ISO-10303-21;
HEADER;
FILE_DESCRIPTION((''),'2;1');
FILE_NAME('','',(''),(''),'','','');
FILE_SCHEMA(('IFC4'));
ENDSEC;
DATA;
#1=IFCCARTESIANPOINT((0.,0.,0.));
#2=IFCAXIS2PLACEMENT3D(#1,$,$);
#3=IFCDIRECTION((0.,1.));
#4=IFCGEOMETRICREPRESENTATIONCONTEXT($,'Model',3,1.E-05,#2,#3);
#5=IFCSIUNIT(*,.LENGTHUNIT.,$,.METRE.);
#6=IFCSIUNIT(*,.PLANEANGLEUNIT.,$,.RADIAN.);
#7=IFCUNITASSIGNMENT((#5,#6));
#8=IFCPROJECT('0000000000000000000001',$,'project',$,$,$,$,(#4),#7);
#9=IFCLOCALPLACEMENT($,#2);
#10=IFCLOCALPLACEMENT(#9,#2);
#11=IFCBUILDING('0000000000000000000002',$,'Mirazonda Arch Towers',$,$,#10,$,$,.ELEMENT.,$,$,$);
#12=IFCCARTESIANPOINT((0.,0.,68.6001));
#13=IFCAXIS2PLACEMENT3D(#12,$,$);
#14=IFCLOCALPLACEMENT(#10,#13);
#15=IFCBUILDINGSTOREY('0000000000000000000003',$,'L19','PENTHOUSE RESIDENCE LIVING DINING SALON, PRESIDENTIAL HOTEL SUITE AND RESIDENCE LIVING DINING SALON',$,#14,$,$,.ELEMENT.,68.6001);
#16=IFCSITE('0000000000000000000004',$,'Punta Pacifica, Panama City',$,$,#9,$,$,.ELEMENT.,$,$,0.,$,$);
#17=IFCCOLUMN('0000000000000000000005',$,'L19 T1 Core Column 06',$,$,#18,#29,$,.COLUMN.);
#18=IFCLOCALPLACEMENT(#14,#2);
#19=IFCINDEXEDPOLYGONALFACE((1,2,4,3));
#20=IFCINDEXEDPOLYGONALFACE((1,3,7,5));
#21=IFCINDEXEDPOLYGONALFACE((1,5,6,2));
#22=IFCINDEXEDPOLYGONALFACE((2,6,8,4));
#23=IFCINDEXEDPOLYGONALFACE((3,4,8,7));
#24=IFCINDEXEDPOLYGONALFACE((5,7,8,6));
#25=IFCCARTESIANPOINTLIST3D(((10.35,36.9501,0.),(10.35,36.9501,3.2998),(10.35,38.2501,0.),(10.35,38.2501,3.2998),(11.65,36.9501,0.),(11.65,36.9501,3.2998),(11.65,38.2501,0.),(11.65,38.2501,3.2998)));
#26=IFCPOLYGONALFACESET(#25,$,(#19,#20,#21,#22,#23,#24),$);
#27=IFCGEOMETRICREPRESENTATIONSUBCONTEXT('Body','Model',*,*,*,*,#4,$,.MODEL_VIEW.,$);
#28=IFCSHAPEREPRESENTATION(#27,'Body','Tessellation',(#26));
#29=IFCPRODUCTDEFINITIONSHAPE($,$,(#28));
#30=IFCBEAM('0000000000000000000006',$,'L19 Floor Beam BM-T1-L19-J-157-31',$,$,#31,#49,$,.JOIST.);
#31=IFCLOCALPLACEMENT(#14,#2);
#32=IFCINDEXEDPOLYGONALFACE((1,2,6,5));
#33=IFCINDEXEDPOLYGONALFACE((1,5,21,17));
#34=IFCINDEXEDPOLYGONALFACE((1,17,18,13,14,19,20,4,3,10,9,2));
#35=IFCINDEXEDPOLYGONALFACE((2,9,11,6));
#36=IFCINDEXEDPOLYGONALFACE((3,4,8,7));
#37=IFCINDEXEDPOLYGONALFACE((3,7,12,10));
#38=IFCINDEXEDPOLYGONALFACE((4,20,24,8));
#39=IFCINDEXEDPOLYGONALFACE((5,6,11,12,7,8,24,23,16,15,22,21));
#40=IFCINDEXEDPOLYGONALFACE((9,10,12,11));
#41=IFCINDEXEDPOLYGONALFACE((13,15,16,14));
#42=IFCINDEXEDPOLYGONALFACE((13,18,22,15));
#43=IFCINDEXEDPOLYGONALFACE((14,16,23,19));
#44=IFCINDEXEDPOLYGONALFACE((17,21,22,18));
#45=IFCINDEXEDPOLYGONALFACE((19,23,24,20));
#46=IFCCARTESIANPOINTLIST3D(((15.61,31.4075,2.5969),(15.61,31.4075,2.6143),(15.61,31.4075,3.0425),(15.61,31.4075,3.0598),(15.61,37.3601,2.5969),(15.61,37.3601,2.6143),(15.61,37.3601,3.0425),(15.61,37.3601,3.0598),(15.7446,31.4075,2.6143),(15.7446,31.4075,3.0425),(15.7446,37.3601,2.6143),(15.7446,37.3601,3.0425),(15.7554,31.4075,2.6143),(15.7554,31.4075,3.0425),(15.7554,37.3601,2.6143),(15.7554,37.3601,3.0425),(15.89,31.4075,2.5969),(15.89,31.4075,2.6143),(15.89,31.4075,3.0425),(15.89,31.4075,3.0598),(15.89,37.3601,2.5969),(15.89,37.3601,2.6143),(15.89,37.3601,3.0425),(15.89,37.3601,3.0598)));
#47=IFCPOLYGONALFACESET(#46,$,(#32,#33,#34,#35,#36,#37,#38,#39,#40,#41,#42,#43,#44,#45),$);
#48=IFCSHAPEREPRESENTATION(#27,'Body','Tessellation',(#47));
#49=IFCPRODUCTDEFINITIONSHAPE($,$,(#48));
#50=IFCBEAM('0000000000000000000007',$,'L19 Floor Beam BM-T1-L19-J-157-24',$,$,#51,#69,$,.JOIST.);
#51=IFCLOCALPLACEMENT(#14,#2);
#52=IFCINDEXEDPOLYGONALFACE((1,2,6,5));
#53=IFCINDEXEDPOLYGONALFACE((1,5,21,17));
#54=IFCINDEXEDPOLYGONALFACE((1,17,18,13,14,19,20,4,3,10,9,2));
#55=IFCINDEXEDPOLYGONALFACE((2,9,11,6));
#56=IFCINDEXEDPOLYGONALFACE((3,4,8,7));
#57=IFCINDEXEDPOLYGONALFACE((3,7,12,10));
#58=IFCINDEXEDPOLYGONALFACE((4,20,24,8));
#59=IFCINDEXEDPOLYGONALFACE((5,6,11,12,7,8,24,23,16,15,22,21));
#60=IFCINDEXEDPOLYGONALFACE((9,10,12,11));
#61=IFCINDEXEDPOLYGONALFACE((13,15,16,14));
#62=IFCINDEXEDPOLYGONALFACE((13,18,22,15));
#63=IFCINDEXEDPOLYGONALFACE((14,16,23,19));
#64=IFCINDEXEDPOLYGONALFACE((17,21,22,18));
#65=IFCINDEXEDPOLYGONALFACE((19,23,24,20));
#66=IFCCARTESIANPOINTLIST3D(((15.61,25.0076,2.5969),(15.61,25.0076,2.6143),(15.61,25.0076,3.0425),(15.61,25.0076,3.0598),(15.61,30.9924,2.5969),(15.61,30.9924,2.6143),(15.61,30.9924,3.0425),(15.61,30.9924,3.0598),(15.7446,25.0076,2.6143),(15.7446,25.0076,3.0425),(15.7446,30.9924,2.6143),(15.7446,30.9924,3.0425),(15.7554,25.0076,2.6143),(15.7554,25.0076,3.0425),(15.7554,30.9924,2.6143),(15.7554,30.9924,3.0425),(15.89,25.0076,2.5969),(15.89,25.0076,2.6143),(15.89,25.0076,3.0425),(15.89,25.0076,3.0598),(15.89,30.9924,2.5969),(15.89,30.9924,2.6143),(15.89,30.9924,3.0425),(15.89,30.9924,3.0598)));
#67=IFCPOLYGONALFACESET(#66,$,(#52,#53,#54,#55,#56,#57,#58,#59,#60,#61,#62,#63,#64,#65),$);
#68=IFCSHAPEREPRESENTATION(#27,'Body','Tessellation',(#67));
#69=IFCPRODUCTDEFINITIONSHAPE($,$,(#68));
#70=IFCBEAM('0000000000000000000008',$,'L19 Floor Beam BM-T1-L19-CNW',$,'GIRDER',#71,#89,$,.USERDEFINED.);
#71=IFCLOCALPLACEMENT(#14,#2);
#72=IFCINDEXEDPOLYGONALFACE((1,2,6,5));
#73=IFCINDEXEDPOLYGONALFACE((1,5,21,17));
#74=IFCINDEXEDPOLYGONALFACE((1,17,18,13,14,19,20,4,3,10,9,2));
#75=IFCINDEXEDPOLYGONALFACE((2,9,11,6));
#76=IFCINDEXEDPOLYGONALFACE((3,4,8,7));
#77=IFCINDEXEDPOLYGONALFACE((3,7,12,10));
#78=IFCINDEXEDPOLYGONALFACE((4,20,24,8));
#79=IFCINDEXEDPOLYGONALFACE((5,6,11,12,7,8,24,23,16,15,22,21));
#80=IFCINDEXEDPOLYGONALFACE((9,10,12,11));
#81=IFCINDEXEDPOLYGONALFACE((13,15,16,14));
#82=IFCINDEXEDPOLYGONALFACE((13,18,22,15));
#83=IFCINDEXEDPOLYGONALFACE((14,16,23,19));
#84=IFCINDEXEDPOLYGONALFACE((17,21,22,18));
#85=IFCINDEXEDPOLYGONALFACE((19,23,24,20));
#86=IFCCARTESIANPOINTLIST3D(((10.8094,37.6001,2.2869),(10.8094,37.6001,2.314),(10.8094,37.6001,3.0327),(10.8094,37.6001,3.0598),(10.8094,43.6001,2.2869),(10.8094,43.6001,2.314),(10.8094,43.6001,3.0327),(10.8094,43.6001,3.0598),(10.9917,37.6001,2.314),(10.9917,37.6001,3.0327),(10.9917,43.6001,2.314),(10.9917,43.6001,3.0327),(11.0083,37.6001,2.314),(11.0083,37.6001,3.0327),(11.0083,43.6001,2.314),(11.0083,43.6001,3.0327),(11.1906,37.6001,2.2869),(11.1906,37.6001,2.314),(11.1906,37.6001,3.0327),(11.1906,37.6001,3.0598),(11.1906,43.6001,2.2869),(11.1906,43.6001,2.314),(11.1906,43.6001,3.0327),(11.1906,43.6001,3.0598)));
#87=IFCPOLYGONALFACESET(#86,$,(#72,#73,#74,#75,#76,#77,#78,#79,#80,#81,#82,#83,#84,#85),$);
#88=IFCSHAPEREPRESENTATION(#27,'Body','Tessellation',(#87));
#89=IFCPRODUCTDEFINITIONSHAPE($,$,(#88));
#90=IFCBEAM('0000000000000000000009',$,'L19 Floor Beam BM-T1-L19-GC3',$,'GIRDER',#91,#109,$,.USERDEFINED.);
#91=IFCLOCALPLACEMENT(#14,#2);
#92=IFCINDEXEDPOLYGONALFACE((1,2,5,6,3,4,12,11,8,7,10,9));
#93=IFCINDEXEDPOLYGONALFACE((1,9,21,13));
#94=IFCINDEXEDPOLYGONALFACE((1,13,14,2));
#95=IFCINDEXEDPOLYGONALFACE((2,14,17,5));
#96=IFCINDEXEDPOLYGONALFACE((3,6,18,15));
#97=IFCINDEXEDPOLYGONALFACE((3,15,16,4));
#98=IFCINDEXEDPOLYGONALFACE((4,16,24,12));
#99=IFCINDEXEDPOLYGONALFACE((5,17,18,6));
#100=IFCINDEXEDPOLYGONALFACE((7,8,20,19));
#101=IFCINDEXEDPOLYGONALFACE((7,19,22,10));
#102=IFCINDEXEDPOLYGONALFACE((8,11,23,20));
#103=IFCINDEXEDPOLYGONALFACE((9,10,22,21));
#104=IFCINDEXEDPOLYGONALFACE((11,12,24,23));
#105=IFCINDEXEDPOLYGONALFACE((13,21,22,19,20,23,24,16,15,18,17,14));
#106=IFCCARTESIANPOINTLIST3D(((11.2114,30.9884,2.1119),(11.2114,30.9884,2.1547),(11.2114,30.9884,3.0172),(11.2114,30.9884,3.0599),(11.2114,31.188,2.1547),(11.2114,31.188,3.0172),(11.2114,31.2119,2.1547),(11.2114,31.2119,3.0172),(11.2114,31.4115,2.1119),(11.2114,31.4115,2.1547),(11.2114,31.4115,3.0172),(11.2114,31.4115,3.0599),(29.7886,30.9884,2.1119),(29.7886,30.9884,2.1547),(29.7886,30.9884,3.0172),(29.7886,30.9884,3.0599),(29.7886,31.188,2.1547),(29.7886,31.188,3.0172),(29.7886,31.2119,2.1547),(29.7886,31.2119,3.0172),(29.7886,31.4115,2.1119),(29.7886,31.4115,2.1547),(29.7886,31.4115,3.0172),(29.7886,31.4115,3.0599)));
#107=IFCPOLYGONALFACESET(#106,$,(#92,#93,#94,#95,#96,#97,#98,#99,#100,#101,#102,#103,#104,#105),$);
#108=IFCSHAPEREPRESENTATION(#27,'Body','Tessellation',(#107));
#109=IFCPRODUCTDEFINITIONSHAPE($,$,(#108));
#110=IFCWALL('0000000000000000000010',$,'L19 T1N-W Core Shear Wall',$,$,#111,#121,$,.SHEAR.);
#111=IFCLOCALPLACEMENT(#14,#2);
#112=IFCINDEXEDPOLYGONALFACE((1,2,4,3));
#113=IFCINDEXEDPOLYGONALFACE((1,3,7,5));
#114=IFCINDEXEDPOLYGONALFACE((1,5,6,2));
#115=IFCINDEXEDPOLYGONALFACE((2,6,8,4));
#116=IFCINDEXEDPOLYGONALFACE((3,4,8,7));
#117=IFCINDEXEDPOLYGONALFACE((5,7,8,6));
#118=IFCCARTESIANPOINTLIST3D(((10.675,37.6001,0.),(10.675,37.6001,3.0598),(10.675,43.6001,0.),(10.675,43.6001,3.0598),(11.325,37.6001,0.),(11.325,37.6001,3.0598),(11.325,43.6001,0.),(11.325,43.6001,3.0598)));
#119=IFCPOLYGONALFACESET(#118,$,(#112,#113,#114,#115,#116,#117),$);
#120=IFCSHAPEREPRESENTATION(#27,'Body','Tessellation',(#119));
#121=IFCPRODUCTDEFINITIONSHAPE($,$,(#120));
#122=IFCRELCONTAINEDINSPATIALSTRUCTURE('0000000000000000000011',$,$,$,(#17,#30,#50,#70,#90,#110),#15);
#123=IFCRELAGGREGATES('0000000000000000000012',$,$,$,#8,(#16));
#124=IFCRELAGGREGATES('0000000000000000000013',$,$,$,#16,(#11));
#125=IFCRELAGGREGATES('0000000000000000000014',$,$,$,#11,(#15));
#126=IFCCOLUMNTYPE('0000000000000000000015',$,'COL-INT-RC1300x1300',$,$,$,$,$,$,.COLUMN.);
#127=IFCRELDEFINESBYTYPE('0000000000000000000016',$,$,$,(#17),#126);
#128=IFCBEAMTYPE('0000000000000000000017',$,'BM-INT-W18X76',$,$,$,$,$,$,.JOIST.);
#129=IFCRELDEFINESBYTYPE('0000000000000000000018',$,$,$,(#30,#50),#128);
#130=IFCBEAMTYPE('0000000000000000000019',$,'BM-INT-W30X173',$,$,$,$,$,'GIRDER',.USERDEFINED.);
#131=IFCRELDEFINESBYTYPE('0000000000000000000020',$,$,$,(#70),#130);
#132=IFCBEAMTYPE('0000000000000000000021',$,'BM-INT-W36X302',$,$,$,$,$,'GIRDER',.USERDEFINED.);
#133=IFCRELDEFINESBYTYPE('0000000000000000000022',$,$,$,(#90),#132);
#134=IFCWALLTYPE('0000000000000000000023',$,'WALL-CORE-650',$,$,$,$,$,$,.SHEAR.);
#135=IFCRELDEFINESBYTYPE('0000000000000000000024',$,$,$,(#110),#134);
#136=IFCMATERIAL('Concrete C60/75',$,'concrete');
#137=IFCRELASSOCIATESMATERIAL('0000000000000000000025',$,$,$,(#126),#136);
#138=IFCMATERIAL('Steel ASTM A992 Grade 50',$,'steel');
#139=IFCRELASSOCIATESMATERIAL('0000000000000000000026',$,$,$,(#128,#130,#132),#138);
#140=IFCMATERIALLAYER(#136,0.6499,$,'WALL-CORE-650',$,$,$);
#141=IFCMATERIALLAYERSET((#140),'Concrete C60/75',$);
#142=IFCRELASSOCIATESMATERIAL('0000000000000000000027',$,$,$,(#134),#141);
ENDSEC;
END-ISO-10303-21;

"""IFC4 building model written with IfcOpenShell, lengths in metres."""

from ifc_helpers import new_model, si_unit, direction, frame, frame_2d, origin, origin_2d, place, context, subcontext, project, spatial, rectangle, i_section, extrude, material, layer, layer_set, material_profile, profile_set, type_object, element, save


model = new_model("IFC4")

# Units and contexts
model_context = context("Model", 3, precision=1e-05, world=origin(), true_north=direction((0.0, 1.0)))
body_context = subcontext(model_context, "Body", "Model", "MODEL_VIEW")
ifc_project = project(units=[si_unit("LENGTHUNIT", "METRE"), si_unit("PLANEANGLEUNIT", "RADIAN")], contexts=[model_context])

# Site, building, storey
site_placement = place(None, origin())
site = spatial("IfcSite", under=ifc_project, at=site_placement, Name="Punta Pacifica, Panama City", CompositionType="ELEMENT", RefElevation=0.0)
building_placement = place(site_placement, origin())
building = spatial("IfcBuilding", under=site, at=building_placement, Name="Mirazonda Arch Towers", CompositionType="ELEMENT")
storey_placement = place(building_placement, frame((0.0, 0.0, 68.6001)))
storey = spatial("IfcBuildingStorey", under=building, at=storey_placement, Name="L19", Description="PENTHOUSE RESIDENCE LIVING DINING SALON, PRESIDENTIAL HOTEL SUITE AND RESIDENCE LIVING DINING SALON", CompositionType="ELEMENT", Elevation=68.6001)

# Column
ifc_material_1 = material(Name="Concrete C60/75", Category="concrete")
ifc_material_profile_1 = material_profile(ifc_material_1, rectangle(XDim=1.3, YDim=1.3, at=origin_2d()), Name="RC1300x1300")
ifc_profile_set_1 = profile_set([ifc_material_profile_1], Name="Concrete C60/75")
column_type = type_object("IfcColumnType", Name="COL-INT-RC1300x1300", PredefinedType="COLUMN", material=ifc_profile_set_1)
column_placement = place(storey_placement, frame((11.0, 37.6001, 0.0), z_axis=(0.0, 0.0, 1.0), x_axis=(1.0, 0.0, 0.0)))
element("IfcColumn", 1, at=column_placement, inside=storey, type_object=column_type, Name="L19 T1 Core Column 06", PredefinedType="COLUMN", context=body_context, shape_type="SweptSolid", body=[
    extrude(rectangle(XDim=1.3, YDim=1.3, at=origin_2d()), origin(), (0.0, 0.0, 1.0), 3.2998),
])

# Beams
ifc_material_2 = material(Name="Steel ASTM A992 Grade 50", Category="steel")
ifc_material_profile_2 = material_profile(ifc_material_2, i_section(OverallWidth=0.28, OverallDepth=0.4629, WebThickness=0.0107, FlangeThickness=0.0173, at=origin_2d()), Name="W18X76")
ifc_profile_set_2 = profile_set([ifc_material_profile_2], Name="Steel ASTM A992 Grade 50")
beam_type_1 = type_object("IfcBeamType", Name="BM-INT-W18X76", PredefinedType="JOIST", material=ifc_profile_set_2)
beam_1_placement = place(storey_placement, frame((15.75, 31.4075, 2.8284), z_axis=(0.0, 1.0, 0.0), x_axis=(-1.0, 0.0, 0.0)))
element("IfcBeam", 2, at=beam_1_placement, inside=storey, type_object=beam_type_1, Name="L19 Floor Beam BM-T1-L19-J-157-31", PredefinedType="JOIST", context=body_context, shape_type="SweptSolid", body=[
    extrude(i_section(OverallWidth=0.28, OverallDepth=0.4629, WebThickness=0.0107, FlangeThickness=0.0173, at=origin_2d()), origin(), (0.0, 0.0, 1.0), 5.9526),
])
beam_2_placement = place(storey_placement, frame((15.75, 25.0076, 2.8284), z_axis=(0.0, 1.0, 0.0), x_axis=(-1.0, 0.0, 0.0)))
element("IfcBeam", 3, at=beam_2_placement, inside=storey, type_object=beam_type_1, Name="L19 Floor Beam BM-T1-L19-J-157-24", PredefinedType="JOIST", context=body_context, shape_type="SweptSolid", body=[
    extrude(i_section(OverallWidth=0.28, OverallDepth=0.4629, WebThickness=0.0107, FlangeThickness=0.0173, at=origin_2d()), origin(), (0.0, 0.0, 1.0), 5.9849),
])
ifc_material_profile_3 = material_profile(ifc_material_2, i_section(OverallWidth=0.3811, OverallDepth=0.7729, WebThickness=0.0166, FlangeThickness=0.0271, at=origin_2d()), Name="W30X173")
ifc_profile_set_3 = profile_set([ifc_material_profile_3], Name="Steel ASTM A992 Grade 50")
beam_type_2 = type_object("IfcBeamType", Name="BM-INT-W30X173", ElementType="GIRDER", PredefinedType="USERDEFINED", material=ifc_profile_set_3)
beam_3_placement = place(storey_placement, frame((11.0, 37.6001, 2.6733), z_axis=(0.0, 1.0, 0.0), x_axis=(-1.0, 0.0, 0.0)))
element("IfcBeam", 4, at=beam_3_placement, inside=storey, type_object=beam_type_2, Name="L19 Floor Beam BM-T1-L19-CNW", ObjectType="GIRDER", PredefinedType="USERDEFINED", context=body_context, shape_type="SweptSolid", body=[
    extrude(i_section(OverallWidth=0.3811, OverallDepth=0.7729, WebThickness=0.0166, FlangeThickness=0.0271, at=origin_2d()), origin(), (0.0, 0.0, 1.0), 6.0),
])
ifc_material_profile_4 = material_profile(ifc_material_2, i_section(OverallWidth=0.4231, OverallDepth=0.948, WebThickness=0.0239, FlangeThickness=0.0427, at=origin_2d()), Name="W36X302")
ifc_profile_set_4 = profile_set([ifc_material_profile_4], Name="Steel ASTM A992 Grade 50")
beam_type_3 = type_object("IfcBeamType", Name="BM-INT-W36X302", ElementType="GIRDER", PredefinedType="USERDEFINED", material=ifc_profile_set_4)
beam_4_placement = place(storey_placement, frame((11.2114, 31.2, 2.5859), z_axis=(1.0, 0.0, 0.0), x_axis=(0.0, 1.0, 0.0)))
element("IfcBeam", 5, at=beam_4_placement, inside=storey, type_object=beam_type_3, Name="L19 Floor Beam BM-T1-L19-GC3", ObjectType="GIRDER", PredefinedType="USERDEFINED", context=body_context, shape_type="SweptSolid", body=[
    extrude(i_section(OverallWidth=0.4231, OverallDepth=0.948, WebThickness=0.0239, FlangeThickness=0.0427, at=origin_2d()), origin(), (0.0, 0.0, 1.0), 18.5771),
])

# Wall
ifc_layer_1 = layer(ifc_material_1, 0.6499, Name="WALL-CORE-650")
ifc_layer_set_1 = layer_set([ifc_layer_1], Name="Concrete C60/75")
wall_type_1 = type_object("IfcWallType", Name="WALL-CORE-650", PredefinedType="SHEAR", material=ifc_layer_set_1)
wall_1_placement = place(storey_placement, frame((11.0, 37.6001, 0.0), z_axis=(0.0, 0.0, 1.0), x_axis=(0.0, 1.0, 0.0)))
element("IfcWall", 6, at=wall_1_placement, inside=storey, type_object=wall_type_1, Name="L19 T1N-W Core Shear Wall", PredefinedType="SHEAR", context=body_context, shape_type="SweptSolid", body=[
    extrude(rectangle(XDim=6.0, YDim=0.6499, at=frame_2d((3.0, 0.0))), origin(), (0.0, 0.0, 1.0), 3.0598),
])

save(model, "model.ifc")
